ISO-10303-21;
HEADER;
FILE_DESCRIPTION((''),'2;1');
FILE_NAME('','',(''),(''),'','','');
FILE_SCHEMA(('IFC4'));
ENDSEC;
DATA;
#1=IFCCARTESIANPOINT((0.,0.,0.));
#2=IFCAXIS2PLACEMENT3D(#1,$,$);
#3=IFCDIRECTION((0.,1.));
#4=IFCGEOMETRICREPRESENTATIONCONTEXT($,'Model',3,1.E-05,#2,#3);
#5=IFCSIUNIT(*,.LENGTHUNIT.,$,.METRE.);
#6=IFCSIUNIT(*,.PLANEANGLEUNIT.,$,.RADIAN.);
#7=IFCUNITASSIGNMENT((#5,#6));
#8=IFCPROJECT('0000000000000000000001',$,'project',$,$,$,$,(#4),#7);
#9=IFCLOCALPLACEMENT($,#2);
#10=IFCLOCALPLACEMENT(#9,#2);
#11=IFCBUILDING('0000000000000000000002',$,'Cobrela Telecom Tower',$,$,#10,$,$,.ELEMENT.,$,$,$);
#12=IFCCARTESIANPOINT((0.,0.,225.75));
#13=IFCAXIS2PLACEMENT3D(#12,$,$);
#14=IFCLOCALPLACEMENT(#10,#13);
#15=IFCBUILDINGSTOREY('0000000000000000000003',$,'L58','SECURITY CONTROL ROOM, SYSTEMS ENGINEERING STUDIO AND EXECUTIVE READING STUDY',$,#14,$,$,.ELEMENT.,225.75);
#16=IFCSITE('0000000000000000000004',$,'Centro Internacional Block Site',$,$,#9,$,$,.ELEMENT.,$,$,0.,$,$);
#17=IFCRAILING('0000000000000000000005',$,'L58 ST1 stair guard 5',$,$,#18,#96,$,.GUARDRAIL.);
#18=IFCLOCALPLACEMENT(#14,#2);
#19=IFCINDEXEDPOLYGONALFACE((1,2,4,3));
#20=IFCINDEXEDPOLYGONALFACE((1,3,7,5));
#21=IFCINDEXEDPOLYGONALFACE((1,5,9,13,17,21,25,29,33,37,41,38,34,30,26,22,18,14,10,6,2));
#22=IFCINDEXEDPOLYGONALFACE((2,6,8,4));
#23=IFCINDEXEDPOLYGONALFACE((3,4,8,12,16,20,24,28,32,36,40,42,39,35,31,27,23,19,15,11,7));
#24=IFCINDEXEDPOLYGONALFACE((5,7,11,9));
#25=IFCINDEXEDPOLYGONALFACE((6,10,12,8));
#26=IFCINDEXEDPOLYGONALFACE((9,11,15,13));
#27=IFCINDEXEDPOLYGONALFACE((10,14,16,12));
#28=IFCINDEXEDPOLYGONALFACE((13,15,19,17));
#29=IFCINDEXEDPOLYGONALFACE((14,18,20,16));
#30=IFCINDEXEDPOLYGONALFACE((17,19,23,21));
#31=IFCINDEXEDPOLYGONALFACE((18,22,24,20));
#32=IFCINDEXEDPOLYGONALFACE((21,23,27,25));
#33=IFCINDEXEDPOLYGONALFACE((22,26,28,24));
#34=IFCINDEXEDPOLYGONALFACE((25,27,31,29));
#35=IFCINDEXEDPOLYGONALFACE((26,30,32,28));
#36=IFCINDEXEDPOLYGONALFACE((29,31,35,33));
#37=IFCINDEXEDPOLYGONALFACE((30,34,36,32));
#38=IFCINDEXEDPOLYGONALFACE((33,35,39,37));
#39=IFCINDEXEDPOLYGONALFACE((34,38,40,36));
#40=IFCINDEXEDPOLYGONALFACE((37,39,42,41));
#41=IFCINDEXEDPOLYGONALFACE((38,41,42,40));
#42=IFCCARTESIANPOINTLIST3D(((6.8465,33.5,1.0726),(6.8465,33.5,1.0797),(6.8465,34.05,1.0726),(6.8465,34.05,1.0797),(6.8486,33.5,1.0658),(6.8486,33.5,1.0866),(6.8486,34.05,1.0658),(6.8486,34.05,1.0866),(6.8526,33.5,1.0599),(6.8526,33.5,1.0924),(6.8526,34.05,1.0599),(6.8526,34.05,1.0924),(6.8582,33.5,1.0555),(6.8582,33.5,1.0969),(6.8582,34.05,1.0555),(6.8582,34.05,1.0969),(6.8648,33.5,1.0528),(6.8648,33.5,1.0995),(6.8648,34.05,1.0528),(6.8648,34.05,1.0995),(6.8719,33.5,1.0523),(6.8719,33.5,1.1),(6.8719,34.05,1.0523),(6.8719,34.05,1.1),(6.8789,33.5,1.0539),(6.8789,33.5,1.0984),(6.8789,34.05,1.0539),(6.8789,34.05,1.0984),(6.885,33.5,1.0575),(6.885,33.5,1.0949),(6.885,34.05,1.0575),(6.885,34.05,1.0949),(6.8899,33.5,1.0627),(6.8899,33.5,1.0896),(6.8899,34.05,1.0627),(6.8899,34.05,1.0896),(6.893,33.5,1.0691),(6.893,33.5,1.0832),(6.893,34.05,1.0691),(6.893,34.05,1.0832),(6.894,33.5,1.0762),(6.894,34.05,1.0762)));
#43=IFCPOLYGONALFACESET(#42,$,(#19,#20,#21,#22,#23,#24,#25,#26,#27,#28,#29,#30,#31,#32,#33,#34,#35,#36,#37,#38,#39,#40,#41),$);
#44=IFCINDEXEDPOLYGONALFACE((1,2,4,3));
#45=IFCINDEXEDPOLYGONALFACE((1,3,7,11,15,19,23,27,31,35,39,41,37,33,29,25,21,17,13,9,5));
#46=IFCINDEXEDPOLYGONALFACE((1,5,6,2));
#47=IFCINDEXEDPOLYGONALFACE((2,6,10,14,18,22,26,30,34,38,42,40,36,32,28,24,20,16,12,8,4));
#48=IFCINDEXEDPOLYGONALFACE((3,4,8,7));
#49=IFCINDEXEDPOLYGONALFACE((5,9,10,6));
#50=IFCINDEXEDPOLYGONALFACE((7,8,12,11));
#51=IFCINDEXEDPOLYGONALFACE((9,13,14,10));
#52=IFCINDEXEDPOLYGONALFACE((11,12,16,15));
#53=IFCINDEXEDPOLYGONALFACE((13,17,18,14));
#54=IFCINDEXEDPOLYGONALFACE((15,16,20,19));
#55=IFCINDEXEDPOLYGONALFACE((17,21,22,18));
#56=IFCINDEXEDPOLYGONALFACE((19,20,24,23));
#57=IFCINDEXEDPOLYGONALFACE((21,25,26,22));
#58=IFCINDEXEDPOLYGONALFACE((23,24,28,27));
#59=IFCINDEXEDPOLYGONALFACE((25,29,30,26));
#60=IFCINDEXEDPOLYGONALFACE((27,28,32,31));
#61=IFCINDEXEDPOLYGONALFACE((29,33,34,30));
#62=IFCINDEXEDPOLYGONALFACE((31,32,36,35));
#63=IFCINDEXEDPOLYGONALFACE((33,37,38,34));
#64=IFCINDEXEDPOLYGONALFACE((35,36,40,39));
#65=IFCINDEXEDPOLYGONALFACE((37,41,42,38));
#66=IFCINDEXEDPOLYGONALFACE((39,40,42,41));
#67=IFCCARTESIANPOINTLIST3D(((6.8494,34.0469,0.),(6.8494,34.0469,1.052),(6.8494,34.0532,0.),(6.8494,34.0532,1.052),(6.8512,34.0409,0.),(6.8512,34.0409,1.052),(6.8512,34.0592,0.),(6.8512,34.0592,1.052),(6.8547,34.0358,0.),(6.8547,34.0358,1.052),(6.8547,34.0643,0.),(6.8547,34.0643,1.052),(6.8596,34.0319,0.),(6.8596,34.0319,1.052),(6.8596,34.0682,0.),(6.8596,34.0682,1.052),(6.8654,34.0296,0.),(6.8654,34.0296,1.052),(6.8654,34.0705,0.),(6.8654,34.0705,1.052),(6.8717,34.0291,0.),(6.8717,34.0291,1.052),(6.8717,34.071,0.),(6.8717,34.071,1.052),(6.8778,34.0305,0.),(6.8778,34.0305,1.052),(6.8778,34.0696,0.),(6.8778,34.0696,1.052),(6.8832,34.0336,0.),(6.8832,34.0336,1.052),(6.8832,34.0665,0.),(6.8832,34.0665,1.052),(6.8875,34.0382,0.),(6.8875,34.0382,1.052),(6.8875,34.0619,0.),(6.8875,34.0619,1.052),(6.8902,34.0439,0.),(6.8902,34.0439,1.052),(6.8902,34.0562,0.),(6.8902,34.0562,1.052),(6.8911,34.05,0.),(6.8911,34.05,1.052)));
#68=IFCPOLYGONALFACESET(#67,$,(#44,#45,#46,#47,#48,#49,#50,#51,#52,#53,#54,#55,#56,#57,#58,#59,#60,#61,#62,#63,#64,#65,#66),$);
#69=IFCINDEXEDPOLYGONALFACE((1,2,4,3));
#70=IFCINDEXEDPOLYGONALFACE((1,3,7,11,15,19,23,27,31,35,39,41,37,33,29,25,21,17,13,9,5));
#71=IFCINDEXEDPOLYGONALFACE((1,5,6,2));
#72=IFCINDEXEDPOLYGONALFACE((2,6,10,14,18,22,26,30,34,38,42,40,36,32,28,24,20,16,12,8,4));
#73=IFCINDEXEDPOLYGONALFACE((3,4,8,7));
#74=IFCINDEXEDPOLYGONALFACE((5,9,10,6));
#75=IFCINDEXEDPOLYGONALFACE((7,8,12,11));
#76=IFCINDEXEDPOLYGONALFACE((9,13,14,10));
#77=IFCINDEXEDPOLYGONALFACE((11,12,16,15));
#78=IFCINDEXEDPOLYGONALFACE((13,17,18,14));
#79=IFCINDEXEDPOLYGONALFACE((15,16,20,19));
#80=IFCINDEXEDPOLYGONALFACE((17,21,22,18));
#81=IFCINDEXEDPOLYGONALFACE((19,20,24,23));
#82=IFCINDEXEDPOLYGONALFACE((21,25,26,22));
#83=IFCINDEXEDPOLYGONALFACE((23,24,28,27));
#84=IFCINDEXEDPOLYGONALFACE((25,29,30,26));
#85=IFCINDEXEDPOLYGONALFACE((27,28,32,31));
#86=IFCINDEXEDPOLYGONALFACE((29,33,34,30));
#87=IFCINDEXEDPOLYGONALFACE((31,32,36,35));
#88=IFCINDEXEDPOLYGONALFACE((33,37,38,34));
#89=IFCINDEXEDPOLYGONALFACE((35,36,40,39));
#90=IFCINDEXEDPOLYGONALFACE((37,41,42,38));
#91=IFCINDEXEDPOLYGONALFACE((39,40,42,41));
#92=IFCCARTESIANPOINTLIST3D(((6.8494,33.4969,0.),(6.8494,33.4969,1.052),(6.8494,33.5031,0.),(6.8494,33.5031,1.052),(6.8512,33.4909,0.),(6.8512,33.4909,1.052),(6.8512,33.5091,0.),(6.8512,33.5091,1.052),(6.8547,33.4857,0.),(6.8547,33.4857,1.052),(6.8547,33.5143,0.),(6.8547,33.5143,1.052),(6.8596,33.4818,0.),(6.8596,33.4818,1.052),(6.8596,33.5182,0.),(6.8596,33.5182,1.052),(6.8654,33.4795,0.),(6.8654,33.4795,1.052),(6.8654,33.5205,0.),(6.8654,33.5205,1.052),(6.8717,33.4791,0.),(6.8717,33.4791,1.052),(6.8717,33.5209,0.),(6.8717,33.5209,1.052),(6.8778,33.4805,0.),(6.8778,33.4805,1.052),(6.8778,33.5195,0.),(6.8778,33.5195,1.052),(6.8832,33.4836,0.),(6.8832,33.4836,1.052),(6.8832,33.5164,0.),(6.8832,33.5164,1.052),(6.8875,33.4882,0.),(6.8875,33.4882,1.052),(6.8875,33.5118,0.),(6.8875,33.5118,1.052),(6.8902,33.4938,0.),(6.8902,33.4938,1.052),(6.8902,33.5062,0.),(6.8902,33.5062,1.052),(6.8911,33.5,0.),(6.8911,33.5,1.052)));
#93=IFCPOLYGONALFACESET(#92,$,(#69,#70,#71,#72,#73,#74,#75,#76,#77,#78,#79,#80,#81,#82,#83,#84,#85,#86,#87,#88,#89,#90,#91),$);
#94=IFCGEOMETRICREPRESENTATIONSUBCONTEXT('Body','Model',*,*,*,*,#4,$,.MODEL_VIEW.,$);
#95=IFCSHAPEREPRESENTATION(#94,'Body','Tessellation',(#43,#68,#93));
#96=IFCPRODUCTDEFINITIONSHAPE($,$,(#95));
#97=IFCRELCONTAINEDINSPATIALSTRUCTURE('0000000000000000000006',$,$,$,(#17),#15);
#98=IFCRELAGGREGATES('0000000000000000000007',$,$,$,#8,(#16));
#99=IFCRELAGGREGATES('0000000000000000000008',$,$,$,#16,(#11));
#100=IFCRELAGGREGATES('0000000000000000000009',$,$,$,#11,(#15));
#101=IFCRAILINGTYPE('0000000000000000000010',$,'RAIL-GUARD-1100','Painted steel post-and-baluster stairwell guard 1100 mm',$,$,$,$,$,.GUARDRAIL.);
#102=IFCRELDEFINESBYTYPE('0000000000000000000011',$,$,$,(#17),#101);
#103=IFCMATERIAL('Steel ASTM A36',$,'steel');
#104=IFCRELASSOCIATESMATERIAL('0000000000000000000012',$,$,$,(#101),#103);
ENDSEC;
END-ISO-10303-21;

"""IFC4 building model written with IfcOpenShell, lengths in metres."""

from ifc_helpers import new_model, si_unit, direction, frame, origin, origin_2d, place, context, subcontext, project, spatial, circle, extrude, material, type_object, element, save


model = new_model("IFC4")

# Units and contexts
model_context = context("Model", 3, precision=1e-05, world=origin(), true_north=direction((0.0, 1.0)))
body_context = subcontext(model_context, "Body", "Model", "MODEL_VIEW")
ifc_project = project(units=[si_unit("LENGTHUNIT", "METRE"), si_unit("PLANEANGLEUNIT", "RADIAN")], contexts=[model_context])

# Site, building, storey
site_placement = place(None, origin())
site = spatial("IfcSite", under=ifc_project, at=site_placement, Name="Centro Internacional Block Site", CompositionType="ELEMENT", RefElevation=0.0)
building_placement = place(site_placement, origin())
building = spatial("IfcBuilding", under=site, at=building_placement, Name="Cobrela Telecom Tower", CompositionType="ELEMENT")
storey_placement = place(building_placement, frame((0.0, 0.0, 225.75)))
storey = spatial("IfcBuildingStorey", under=building, at=storey_placement, Name="L58", Description="SECURITY CONTROL ROOM, SYSTEMS ENGINEERING STUDIO AND EXECUTIVE READING STUDY", CompositionType="ELEMENT", Elevation=225.75)

# Shared definitions
ifc_material_1 = material(Name="Steel ASTM A36", Category="steel")

# Railing
railing_type_1 = type_object("IfcRailingType", Name="RAIL-GUARD-1100", Description="Painted steel post-and-baluster stairwell guard 1100 mm", PredefinedType="GUARDRAIL", material=ifc_material_1)
railing_1_placement = place(storey_placement, frame((6.8701, 34.05, 0.0)))
element("IfcRailing", 1, at=railing_1_placement, inside=storey, type_object=railing_type_1, Name="L58 ST1 stair guard 5", PredefinedType="GUARDRAIL", context=body_context, shape_type="SweptSolid", body=[
    extrude(circle(Radius=0.0239, at=origin_2d()), frame((0.0, 0.0, 1.0762), z_axis=(0.0, -1.0, 0.0), x_axis=(1.0, 0.0, 0.0)), (0.0, 0.0, 1.0), 0.55),
    extrude(circle(Radius=0.021, at=origin_2d()), origin(), (0.0, 0.0, 1.0), 1.052),
    extrude(circle(Radius=0.021, at=origin_2d()), frame((0.0, -0.55, 0.0)), (0.0, 0.0, 1.0), 1.052),
])

save(model, "model.ifc")
